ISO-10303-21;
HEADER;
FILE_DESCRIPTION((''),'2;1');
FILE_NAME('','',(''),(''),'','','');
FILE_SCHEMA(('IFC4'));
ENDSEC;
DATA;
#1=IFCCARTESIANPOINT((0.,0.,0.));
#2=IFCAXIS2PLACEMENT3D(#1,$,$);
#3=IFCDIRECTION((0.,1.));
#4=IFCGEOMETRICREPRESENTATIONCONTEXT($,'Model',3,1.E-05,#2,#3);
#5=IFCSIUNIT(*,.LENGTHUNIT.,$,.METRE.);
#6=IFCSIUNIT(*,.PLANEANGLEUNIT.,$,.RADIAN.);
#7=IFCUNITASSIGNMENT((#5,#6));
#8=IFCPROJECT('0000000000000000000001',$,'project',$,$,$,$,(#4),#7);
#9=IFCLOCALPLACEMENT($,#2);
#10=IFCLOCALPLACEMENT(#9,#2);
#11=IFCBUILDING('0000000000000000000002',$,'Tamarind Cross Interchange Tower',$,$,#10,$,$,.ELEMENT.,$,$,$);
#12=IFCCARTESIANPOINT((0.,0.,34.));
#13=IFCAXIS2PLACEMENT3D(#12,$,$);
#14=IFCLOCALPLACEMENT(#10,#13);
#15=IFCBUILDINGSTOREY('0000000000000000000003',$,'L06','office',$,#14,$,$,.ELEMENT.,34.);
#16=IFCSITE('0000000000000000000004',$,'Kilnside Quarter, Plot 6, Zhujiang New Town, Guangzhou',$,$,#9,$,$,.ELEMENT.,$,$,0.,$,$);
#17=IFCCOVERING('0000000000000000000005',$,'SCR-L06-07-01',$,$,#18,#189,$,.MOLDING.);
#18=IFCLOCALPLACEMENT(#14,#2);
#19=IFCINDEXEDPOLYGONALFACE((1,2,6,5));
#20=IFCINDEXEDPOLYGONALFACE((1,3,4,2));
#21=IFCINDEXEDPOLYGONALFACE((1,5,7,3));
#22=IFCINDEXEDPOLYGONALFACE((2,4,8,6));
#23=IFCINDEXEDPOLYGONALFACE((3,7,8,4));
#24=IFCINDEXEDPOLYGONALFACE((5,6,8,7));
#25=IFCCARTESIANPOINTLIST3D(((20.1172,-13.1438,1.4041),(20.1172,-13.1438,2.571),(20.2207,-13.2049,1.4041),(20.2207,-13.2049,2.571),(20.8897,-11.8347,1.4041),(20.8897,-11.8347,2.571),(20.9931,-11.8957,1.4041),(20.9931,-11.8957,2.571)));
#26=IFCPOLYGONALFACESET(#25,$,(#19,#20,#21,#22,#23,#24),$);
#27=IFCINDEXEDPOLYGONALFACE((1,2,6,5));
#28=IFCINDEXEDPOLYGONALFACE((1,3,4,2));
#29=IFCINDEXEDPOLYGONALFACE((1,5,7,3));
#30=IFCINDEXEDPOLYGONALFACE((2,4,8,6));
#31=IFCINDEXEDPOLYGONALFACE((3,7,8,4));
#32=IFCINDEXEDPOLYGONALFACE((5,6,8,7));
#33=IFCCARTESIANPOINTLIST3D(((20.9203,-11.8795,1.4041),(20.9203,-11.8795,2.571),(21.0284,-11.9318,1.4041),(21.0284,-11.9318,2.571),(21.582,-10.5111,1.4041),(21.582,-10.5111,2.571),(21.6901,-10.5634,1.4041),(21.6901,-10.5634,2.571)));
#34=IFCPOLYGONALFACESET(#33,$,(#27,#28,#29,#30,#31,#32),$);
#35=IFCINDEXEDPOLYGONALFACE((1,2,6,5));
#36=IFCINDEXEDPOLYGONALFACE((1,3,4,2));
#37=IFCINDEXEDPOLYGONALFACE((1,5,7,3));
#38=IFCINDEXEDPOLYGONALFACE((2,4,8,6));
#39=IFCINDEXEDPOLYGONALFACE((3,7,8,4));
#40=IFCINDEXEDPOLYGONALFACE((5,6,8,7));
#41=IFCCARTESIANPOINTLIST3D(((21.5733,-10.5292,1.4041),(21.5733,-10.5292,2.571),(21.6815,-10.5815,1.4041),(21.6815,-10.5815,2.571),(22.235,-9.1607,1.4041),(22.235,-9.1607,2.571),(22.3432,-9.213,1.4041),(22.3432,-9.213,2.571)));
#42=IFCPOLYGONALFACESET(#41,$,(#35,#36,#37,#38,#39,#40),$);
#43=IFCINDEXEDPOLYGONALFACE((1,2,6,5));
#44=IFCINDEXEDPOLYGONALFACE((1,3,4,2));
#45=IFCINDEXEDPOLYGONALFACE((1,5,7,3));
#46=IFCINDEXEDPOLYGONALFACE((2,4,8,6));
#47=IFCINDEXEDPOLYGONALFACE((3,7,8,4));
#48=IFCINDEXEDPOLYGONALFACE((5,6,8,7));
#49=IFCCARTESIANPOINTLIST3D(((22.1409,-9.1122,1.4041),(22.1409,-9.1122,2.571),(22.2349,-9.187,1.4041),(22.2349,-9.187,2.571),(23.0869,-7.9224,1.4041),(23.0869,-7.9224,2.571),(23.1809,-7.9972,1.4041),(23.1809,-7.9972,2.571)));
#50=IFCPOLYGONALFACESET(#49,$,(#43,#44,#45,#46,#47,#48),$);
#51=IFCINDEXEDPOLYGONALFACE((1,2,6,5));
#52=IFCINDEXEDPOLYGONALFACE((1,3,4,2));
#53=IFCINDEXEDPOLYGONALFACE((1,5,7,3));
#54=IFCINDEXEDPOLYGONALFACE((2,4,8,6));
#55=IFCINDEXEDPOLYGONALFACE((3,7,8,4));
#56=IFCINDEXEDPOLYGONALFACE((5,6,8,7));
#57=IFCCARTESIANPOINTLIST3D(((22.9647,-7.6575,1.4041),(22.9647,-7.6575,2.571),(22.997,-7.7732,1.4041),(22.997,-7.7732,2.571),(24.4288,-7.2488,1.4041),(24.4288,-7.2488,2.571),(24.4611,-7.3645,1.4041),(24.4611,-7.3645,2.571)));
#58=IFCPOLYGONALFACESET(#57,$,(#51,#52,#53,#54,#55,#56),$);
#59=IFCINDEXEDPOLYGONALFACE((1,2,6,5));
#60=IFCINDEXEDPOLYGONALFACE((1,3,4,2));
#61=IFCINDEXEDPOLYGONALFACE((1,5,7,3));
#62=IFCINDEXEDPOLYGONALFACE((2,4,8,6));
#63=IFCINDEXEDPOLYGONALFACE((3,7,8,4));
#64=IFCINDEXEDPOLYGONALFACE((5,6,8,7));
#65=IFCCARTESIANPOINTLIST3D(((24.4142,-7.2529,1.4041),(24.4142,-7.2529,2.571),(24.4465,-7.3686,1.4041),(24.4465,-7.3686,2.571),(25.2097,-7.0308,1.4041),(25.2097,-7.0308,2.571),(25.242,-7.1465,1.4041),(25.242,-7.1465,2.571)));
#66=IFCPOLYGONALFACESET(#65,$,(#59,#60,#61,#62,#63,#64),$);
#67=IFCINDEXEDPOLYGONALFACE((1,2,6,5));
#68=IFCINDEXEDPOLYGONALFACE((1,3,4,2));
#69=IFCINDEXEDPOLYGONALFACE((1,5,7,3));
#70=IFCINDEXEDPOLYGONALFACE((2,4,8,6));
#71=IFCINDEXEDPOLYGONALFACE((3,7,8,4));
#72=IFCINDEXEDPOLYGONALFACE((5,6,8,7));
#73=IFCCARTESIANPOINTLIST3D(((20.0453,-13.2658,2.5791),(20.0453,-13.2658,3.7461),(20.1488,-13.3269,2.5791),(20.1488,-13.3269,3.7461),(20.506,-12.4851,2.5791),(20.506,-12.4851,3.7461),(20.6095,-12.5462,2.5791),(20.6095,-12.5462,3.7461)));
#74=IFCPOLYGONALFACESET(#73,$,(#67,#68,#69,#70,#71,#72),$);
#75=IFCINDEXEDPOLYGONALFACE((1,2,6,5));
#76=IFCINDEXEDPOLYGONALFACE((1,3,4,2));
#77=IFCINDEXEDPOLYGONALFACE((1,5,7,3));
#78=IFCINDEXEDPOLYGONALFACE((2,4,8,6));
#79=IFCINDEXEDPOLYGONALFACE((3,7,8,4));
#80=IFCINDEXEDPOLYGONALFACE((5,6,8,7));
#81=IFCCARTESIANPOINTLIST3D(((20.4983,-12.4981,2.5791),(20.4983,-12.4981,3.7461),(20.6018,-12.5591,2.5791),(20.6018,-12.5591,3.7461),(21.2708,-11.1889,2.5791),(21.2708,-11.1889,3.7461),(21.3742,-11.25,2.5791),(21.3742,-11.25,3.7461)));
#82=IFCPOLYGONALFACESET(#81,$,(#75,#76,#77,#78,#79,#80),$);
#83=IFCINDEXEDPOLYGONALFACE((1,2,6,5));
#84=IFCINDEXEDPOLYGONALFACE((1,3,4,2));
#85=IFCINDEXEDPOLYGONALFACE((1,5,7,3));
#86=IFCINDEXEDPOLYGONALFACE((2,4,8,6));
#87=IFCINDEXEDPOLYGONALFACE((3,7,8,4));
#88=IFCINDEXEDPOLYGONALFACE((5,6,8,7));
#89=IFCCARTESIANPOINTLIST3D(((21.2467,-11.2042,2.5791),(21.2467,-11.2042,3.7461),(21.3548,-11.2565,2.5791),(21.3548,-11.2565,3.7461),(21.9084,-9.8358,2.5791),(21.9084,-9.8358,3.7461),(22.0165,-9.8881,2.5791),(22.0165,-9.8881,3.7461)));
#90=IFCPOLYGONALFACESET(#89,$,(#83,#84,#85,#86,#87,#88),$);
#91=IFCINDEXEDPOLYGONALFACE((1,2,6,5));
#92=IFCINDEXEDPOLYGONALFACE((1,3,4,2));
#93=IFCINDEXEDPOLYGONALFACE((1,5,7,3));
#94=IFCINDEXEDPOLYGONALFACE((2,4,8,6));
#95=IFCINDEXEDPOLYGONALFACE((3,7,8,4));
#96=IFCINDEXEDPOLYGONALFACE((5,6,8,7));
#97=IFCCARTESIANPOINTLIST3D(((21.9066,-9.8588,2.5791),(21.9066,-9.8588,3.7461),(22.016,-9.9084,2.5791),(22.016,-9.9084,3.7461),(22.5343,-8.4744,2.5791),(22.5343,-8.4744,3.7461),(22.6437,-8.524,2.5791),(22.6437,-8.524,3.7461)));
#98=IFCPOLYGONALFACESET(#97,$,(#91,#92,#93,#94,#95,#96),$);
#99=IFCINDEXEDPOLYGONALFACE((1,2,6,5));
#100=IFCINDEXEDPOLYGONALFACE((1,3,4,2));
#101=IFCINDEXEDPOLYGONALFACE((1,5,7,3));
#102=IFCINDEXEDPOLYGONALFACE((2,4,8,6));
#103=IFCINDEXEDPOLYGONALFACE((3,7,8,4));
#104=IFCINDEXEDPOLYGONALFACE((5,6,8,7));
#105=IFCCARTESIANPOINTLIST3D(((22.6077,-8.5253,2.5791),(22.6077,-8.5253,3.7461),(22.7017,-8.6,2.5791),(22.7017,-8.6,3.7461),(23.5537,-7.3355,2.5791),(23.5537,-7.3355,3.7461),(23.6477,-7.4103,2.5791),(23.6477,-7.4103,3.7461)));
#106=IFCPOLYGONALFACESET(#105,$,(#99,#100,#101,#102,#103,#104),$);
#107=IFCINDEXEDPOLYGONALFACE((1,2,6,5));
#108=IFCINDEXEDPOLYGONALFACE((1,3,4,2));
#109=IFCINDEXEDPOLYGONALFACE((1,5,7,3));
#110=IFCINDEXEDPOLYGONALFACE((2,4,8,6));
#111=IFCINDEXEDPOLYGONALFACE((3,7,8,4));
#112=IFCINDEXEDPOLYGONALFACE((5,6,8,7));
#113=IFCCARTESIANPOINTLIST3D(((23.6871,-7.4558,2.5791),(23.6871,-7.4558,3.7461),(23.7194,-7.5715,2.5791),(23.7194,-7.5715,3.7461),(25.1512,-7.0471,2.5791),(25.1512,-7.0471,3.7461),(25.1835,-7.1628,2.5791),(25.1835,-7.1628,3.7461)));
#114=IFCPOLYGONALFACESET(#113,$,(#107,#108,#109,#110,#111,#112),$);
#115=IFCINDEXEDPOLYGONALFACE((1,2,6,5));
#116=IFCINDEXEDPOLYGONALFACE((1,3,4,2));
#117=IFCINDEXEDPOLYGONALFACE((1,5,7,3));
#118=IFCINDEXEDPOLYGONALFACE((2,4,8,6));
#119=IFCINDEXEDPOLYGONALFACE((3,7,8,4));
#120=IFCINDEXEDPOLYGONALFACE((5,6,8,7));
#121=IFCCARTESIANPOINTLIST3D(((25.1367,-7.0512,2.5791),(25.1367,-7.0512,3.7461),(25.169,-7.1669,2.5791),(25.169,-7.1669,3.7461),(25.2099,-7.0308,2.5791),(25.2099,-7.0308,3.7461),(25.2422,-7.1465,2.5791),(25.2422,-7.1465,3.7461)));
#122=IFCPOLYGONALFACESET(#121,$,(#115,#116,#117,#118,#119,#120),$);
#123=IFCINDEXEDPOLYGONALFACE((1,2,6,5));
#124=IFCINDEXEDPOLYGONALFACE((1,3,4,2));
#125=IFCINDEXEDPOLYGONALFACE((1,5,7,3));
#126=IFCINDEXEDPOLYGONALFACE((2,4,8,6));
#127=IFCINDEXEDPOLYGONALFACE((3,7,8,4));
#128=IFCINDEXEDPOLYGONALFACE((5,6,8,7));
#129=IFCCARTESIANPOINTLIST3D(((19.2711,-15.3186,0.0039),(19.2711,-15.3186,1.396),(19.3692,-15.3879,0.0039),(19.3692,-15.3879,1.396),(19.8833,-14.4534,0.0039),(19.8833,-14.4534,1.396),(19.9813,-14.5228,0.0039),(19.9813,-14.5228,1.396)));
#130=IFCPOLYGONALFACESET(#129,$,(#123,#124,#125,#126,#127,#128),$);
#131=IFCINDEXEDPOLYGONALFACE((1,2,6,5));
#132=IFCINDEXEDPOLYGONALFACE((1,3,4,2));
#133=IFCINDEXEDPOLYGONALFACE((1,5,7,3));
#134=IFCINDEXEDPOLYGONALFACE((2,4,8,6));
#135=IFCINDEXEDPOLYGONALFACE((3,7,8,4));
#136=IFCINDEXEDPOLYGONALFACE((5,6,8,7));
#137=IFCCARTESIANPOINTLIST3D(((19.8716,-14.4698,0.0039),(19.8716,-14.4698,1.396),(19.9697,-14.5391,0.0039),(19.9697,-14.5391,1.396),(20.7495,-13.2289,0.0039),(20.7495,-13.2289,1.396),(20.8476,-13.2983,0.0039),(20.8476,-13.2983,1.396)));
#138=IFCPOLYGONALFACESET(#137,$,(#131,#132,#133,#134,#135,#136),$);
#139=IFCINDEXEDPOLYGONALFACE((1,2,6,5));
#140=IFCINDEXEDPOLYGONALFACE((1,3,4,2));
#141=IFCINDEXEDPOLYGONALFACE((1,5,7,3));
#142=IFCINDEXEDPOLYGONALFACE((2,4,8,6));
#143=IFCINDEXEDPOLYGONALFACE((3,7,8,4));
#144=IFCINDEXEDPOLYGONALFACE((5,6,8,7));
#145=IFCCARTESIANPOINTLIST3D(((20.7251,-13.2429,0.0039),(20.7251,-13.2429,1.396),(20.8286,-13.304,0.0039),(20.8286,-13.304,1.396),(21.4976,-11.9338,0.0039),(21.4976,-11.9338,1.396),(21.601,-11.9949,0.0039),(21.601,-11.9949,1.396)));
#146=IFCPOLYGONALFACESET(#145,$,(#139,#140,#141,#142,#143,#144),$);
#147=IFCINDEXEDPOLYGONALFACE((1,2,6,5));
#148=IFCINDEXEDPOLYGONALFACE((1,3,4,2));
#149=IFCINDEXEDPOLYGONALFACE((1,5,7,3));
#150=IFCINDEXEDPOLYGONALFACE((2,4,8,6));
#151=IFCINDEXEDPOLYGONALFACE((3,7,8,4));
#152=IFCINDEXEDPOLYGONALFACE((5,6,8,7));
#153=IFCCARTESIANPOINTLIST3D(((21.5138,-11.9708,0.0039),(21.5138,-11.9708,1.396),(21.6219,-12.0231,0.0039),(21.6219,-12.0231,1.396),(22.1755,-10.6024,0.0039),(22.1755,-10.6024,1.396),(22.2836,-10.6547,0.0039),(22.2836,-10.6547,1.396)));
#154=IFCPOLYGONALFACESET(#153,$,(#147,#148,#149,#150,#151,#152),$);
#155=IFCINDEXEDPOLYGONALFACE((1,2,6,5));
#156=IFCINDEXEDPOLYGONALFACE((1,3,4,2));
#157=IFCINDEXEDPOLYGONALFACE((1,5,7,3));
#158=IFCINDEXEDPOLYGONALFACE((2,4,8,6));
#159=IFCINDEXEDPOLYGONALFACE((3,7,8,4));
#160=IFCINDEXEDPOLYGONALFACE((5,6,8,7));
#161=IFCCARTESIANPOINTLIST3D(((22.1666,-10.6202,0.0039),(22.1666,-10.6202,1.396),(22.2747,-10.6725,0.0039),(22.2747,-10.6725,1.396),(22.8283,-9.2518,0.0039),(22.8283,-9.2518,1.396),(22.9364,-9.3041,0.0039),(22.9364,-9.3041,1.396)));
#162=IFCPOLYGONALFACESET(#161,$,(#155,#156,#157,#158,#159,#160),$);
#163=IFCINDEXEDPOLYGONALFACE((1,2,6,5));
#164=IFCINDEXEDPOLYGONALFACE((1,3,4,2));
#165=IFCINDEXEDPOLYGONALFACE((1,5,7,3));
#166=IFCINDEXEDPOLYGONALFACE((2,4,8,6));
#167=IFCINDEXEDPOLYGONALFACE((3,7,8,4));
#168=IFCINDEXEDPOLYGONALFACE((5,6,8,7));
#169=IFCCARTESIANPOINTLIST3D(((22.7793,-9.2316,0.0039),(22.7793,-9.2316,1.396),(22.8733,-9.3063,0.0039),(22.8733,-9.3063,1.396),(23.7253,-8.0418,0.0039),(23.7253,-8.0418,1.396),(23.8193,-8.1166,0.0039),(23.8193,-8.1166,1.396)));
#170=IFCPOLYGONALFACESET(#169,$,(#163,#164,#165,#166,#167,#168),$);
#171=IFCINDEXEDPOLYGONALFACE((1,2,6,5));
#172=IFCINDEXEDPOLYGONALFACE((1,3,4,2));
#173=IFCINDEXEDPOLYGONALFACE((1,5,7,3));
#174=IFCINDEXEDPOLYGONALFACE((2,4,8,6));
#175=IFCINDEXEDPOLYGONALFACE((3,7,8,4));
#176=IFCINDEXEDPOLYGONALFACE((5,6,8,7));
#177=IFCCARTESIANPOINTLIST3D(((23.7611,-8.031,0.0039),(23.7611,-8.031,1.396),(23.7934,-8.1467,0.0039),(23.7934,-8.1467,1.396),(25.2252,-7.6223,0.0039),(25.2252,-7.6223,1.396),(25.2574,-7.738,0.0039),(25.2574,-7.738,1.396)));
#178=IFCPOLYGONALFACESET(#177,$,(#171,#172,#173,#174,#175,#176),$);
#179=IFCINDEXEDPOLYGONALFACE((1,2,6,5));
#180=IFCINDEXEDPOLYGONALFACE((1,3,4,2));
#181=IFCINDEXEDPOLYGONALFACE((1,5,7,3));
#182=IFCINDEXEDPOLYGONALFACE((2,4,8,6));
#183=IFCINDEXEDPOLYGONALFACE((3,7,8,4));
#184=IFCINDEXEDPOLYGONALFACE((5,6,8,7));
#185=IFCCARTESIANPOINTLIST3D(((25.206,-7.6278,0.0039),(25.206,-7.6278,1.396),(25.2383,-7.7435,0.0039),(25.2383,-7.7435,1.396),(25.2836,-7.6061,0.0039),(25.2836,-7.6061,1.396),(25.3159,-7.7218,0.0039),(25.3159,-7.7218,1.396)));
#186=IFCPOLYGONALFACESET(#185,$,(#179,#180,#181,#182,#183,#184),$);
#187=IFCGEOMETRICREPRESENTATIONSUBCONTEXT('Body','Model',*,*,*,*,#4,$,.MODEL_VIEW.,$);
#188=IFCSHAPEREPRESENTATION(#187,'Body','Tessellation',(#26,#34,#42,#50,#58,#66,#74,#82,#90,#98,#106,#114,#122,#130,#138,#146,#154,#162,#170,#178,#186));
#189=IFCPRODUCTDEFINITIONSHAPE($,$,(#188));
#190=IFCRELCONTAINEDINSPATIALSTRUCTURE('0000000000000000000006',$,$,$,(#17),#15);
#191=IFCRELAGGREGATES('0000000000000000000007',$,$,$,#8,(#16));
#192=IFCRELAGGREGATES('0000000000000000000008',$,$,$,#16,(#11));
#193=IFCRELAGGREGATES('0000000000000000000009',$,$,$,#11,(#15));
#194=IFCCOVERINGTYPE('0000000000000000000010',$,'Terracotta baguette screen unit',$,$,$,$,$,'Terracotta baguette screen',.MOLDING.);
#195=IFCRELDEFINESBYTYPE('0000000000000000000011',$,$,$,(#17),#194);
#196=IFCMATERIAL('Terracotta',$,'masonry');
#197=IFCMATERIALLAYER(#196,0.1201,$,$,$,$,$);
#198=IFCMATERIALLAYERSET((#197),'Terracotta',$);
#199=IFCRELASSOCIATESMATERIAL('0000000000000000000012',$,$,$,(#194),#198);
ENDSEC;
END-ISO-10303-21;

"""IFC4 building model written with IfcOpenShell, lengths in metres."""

from ifc_helpers import new_model, si_unit, direction, frame, origin, origin_2d, place, context, subcontext, project, spatial, rectangle, extrude, material, layer, layer_set, type_object, element, save


model = new_model("IFC4")

# Units and contexts
model_context = context("Model", 3, precision=1e-05, world=origin(), true_north=direction((0.0, 1.0)))
body_context = subcontext(model_context, "Body", "Model", "MODEL_VIEW")
ifc_project = project(units=[si_unit("LENGTHUNIT", "METRE"), si_unit("PLANEANGLEUNIT", "RADIAN")], contexts=[model_context])

# Site, building, storey
site_placement = place(None, origin())
site = spatial("IfcSite", under=ifc_project, at=site_placement, Name="Kilnside Quarter, Plot 6, Zhujiang New Town, Guangzhou", CompositionType="ELEMENT", RefElevation=0.0)
building_placement = place(site_placement, origin())
building = spatial("IfcBuilding", under=site, at=building_placement, Name="Tamarind Cross Interchange Tower", CompositionType="ELEMENT")
storey_placement = place(building_placement, frame((0.0, 0.0, 34.0)))
storey = spatial("IfcBuildingStorey", under=building, at=storey_placement, Name="L06", Description="office", CompositionType="ELEMENT", Elevation=34.0)

# Covering
ifc_material_1 = material(Name="Terracotta", Category="masonry")
ifc_layer_1 = layer(ifc_material_1, 0.1201)
ifc_layer_set_1 = layer_set([ifc_layer_1], Name="Terracotta")
covering_type = type_object("IfcCoveringType", Name="Terracotta baguette screen unit", ElementType="Terracotta baguette screen", PredefinedType="MOLDING", material=ifc_layer_set_1)
covering_1_placement = place(storey_placement, origin())
element("IfcCovering", 1, at=covering_1_placement, inside=storey, type_object=covering_type, Name="SCR-L06-07-01", PredefinedType="MOLDING", context=body_context, shape_type="SweptSolid", body=[
    extrude(rectangle(XDim=1.52, YDim=0.1201, at=origin_2d()), frame((20.5552, -12.5198, 1.4041), z_axis=(0.0, 0.0, 1.0), x_axis=(0.508183, 0.861249, 0.0)), (0.0, 0.0, 1.0), 1.167),
    extrude(rectangle(XDim=1.52, YDim=0.1201, at=origin_2d()), frame((21.3052, -11.2214, 1.4041), z_axis=(0.0, 0.0, 1.0), x_axis=(0.435326, 0.900273, 0.0)), (0.0, 0.0, 1.0), 1.167),
    extrude(rectangle(XDim=1.52, YDim=0.1201, at=origin_2d()), frame((21.9583, -9.8711, 1.4041), z_axis=(0.0, 0.0, 1.0), x_axis=(0.435326, 0.900273, 0.0)), (0.0, 0.0, 1.0), 1.167),
    extrude(rectangle(XDim=1.52, YDim=0.1201, at=origin_2d()), frame((22.6609, -8.5547, 1.4041), z_axis=(0.0, 0.0, 1.0), x_axis=(0.622335, 0.782751, 0.0)), (0.0, 0.0, 1.0), 1.167),
    extrude(rectangle(XDim=1.52, YDim=0.1201, at=origin_2d()), frame((23.7129, -7.511, 1.4041), z_axis=(0.0, 0.0, 1.0), x_axis=(0.963177, 0.268868, 0.0)), (0.0, 0.0, 1.0), 1.167),
    extrude(rectangle(XDim=0.8259, YDim=0.1201, at=origin_2d()), frame((24.8281, -7.1997, 1.4041), z_axis=(0.0, 0.0, 1.0), x_axis=(0.963177, 0.268868, 0.0)), (0.0, 0.0, 1.0), 1.167),
    extrude(rectangle(XDim=0.9065, YDim=0.1201, at=origin_2d()), frame((20.3274, -12.906, 2.5791), z_axis=(0.0, 0.0, 1.0), x_axis=(0.508183, 0.861249, 0.0)), (0.0, 0.0, 1.0), 1.167),
    extrude(rectangle(XDim=1.52, YDim=0.1201, at=origin_2d()), frame((20.9363, -11.874, 2.5791), z_axis=(0.0, 0.0, 1.0), x_axis=(0.508183, 0.861249, 0.0)), (0.0, 0.0, 1.0), 1.167),
    extrude(rectangle(XDim=1.52, YDim=0.1201, at=origin_2d()), frame((21.6316, -10.5461, 2.5791), z_axis=(0.0, 0.0, 1.0), x_axis=(0.435326, 0.900273, 0.0)), (0.0, 0.0, 1.0), 1.167),
    extrude(rectangle(XDim=1.52, YDim=0.1201, at=origin_2d()), frame((22.2751, -9.1914, 2.5791), z_axis=(0.0, 0.0, 1.0), x_axis=(0.412961, 0.910749, 0.0)), (0.0, 0.0, 1.0), 1.167),
    extrude(rectangle(XDim=1.52, YDim=0.1201, at=origin_2d()), frame((23.1277, -7.9678, 2.5791), z_axis=(0.0, 0.0, 1.0), x_axis=(0.622335, 0.782751, 0.0)), (0.0, 0.0, 1.0), 1.167),
    extrude(rectangle(XDim=1.52, YDim=0.1201, at=origin_2d()), frame((24.4353, -7.3093, 2.5791), z_axis=(0.0, 0.0, 1.0), x_axis=(0.963177, 0.268868, 0.0)), (0.0, 0.0, 1.0), 1.167),
    extrude(rectangle(XDim=0.0759, YDim=0.1201, at=origin_2d()), frame((25.1895, -7.0989, 2.5791), z_axis=(0.0, 0.0, 1.0), x_axis=(0.963177, 0.268868, 0.0)), (0.0, 0.0, 1.0), 1.167),
    extrude(rectangle(XDim=1.0598, YDim=0.1201, at=origin_2d()), frame((19.6262, -14.9207, 0.0039), z_axis=(0.0, 0.0, 1.0), x_axis=(0.577569, 0.816342, 0.0)), (0.0, 0.0, 1.0), 1.3921),
    extrude(rectangle(XDim=1.52, YDim=0.1201, at=origin_2d()), frame((20.3596, -13.884, 0.0039), z_axis=(0.0, 0.0, 1.0), x_axis=(0.577569, 0.816342, 0.0)), (0.0, 0.0, 1.0), 1.3921),
    extrude(rectangle(XDim=1.52, YDim=0.1201, at=origin_2d()), frame((21.1631, -12.6189, 0.0039), z_axis=(0.0, 0.0, 1.0), x_axis=(0.508183, 0.861249, 0.0)), (0.0, 0.0, 1.0), 1.3921),
    extrude(rectangle(XDim=1.52, YDim=0.1201, at=origin_2d()), frame((21.8987, -11.3127, 0.0039), z_axis=(0.0, 0.0, 1.0), x_axis=(0.435326, 0.900273, 0.0)), (0.0, 0.0, 1.0), 1.3921),
    extrude(rectangle(XDim=1.52, YDim=0.1201, at=origin_2d()), frame((22.5515, -9.9622, 0.0039), z_axis=(0.0, 0.0, 1.0), x_axis=(0.435326, 0.900273, 0.0)), (0.0, 0.0, 1.0), 1.3921),
    extrude(rectangle(XDim=1.52, YDim=0.1201, at=origin_2d()), frame((23.2993, -8.6741, 0.0039), z_axis=(0.0, 0.0, 1.0), x_axis=(0.622335, 0.782751, 0.0)), (0.0, 0.0, 1.0), 1.3921),
    extrude(rectangle(XDim=1.52, YDim=0.1201, at=origin_2d()), frame((24.5093, -7.8845, 0.0039), z_axis=(0.0, 0.0, 1.0), x_axis=(0.963177, 0.268868, 0.0)), (0.0, 0.0, 1.0), 1.3921),
    extrude(rectangle(XDim=0.0806, YDim=0.1201, at=origin_2d()), frame((25.261, -7.6748, 0.0039), z_axis=(0.0, 0.0, 1.0), x_axis=(0.963177, 0.268868, 0.0)), (0.0, 0.0, 1.0), 1.3921),
])

save(model, "model.ifc")
